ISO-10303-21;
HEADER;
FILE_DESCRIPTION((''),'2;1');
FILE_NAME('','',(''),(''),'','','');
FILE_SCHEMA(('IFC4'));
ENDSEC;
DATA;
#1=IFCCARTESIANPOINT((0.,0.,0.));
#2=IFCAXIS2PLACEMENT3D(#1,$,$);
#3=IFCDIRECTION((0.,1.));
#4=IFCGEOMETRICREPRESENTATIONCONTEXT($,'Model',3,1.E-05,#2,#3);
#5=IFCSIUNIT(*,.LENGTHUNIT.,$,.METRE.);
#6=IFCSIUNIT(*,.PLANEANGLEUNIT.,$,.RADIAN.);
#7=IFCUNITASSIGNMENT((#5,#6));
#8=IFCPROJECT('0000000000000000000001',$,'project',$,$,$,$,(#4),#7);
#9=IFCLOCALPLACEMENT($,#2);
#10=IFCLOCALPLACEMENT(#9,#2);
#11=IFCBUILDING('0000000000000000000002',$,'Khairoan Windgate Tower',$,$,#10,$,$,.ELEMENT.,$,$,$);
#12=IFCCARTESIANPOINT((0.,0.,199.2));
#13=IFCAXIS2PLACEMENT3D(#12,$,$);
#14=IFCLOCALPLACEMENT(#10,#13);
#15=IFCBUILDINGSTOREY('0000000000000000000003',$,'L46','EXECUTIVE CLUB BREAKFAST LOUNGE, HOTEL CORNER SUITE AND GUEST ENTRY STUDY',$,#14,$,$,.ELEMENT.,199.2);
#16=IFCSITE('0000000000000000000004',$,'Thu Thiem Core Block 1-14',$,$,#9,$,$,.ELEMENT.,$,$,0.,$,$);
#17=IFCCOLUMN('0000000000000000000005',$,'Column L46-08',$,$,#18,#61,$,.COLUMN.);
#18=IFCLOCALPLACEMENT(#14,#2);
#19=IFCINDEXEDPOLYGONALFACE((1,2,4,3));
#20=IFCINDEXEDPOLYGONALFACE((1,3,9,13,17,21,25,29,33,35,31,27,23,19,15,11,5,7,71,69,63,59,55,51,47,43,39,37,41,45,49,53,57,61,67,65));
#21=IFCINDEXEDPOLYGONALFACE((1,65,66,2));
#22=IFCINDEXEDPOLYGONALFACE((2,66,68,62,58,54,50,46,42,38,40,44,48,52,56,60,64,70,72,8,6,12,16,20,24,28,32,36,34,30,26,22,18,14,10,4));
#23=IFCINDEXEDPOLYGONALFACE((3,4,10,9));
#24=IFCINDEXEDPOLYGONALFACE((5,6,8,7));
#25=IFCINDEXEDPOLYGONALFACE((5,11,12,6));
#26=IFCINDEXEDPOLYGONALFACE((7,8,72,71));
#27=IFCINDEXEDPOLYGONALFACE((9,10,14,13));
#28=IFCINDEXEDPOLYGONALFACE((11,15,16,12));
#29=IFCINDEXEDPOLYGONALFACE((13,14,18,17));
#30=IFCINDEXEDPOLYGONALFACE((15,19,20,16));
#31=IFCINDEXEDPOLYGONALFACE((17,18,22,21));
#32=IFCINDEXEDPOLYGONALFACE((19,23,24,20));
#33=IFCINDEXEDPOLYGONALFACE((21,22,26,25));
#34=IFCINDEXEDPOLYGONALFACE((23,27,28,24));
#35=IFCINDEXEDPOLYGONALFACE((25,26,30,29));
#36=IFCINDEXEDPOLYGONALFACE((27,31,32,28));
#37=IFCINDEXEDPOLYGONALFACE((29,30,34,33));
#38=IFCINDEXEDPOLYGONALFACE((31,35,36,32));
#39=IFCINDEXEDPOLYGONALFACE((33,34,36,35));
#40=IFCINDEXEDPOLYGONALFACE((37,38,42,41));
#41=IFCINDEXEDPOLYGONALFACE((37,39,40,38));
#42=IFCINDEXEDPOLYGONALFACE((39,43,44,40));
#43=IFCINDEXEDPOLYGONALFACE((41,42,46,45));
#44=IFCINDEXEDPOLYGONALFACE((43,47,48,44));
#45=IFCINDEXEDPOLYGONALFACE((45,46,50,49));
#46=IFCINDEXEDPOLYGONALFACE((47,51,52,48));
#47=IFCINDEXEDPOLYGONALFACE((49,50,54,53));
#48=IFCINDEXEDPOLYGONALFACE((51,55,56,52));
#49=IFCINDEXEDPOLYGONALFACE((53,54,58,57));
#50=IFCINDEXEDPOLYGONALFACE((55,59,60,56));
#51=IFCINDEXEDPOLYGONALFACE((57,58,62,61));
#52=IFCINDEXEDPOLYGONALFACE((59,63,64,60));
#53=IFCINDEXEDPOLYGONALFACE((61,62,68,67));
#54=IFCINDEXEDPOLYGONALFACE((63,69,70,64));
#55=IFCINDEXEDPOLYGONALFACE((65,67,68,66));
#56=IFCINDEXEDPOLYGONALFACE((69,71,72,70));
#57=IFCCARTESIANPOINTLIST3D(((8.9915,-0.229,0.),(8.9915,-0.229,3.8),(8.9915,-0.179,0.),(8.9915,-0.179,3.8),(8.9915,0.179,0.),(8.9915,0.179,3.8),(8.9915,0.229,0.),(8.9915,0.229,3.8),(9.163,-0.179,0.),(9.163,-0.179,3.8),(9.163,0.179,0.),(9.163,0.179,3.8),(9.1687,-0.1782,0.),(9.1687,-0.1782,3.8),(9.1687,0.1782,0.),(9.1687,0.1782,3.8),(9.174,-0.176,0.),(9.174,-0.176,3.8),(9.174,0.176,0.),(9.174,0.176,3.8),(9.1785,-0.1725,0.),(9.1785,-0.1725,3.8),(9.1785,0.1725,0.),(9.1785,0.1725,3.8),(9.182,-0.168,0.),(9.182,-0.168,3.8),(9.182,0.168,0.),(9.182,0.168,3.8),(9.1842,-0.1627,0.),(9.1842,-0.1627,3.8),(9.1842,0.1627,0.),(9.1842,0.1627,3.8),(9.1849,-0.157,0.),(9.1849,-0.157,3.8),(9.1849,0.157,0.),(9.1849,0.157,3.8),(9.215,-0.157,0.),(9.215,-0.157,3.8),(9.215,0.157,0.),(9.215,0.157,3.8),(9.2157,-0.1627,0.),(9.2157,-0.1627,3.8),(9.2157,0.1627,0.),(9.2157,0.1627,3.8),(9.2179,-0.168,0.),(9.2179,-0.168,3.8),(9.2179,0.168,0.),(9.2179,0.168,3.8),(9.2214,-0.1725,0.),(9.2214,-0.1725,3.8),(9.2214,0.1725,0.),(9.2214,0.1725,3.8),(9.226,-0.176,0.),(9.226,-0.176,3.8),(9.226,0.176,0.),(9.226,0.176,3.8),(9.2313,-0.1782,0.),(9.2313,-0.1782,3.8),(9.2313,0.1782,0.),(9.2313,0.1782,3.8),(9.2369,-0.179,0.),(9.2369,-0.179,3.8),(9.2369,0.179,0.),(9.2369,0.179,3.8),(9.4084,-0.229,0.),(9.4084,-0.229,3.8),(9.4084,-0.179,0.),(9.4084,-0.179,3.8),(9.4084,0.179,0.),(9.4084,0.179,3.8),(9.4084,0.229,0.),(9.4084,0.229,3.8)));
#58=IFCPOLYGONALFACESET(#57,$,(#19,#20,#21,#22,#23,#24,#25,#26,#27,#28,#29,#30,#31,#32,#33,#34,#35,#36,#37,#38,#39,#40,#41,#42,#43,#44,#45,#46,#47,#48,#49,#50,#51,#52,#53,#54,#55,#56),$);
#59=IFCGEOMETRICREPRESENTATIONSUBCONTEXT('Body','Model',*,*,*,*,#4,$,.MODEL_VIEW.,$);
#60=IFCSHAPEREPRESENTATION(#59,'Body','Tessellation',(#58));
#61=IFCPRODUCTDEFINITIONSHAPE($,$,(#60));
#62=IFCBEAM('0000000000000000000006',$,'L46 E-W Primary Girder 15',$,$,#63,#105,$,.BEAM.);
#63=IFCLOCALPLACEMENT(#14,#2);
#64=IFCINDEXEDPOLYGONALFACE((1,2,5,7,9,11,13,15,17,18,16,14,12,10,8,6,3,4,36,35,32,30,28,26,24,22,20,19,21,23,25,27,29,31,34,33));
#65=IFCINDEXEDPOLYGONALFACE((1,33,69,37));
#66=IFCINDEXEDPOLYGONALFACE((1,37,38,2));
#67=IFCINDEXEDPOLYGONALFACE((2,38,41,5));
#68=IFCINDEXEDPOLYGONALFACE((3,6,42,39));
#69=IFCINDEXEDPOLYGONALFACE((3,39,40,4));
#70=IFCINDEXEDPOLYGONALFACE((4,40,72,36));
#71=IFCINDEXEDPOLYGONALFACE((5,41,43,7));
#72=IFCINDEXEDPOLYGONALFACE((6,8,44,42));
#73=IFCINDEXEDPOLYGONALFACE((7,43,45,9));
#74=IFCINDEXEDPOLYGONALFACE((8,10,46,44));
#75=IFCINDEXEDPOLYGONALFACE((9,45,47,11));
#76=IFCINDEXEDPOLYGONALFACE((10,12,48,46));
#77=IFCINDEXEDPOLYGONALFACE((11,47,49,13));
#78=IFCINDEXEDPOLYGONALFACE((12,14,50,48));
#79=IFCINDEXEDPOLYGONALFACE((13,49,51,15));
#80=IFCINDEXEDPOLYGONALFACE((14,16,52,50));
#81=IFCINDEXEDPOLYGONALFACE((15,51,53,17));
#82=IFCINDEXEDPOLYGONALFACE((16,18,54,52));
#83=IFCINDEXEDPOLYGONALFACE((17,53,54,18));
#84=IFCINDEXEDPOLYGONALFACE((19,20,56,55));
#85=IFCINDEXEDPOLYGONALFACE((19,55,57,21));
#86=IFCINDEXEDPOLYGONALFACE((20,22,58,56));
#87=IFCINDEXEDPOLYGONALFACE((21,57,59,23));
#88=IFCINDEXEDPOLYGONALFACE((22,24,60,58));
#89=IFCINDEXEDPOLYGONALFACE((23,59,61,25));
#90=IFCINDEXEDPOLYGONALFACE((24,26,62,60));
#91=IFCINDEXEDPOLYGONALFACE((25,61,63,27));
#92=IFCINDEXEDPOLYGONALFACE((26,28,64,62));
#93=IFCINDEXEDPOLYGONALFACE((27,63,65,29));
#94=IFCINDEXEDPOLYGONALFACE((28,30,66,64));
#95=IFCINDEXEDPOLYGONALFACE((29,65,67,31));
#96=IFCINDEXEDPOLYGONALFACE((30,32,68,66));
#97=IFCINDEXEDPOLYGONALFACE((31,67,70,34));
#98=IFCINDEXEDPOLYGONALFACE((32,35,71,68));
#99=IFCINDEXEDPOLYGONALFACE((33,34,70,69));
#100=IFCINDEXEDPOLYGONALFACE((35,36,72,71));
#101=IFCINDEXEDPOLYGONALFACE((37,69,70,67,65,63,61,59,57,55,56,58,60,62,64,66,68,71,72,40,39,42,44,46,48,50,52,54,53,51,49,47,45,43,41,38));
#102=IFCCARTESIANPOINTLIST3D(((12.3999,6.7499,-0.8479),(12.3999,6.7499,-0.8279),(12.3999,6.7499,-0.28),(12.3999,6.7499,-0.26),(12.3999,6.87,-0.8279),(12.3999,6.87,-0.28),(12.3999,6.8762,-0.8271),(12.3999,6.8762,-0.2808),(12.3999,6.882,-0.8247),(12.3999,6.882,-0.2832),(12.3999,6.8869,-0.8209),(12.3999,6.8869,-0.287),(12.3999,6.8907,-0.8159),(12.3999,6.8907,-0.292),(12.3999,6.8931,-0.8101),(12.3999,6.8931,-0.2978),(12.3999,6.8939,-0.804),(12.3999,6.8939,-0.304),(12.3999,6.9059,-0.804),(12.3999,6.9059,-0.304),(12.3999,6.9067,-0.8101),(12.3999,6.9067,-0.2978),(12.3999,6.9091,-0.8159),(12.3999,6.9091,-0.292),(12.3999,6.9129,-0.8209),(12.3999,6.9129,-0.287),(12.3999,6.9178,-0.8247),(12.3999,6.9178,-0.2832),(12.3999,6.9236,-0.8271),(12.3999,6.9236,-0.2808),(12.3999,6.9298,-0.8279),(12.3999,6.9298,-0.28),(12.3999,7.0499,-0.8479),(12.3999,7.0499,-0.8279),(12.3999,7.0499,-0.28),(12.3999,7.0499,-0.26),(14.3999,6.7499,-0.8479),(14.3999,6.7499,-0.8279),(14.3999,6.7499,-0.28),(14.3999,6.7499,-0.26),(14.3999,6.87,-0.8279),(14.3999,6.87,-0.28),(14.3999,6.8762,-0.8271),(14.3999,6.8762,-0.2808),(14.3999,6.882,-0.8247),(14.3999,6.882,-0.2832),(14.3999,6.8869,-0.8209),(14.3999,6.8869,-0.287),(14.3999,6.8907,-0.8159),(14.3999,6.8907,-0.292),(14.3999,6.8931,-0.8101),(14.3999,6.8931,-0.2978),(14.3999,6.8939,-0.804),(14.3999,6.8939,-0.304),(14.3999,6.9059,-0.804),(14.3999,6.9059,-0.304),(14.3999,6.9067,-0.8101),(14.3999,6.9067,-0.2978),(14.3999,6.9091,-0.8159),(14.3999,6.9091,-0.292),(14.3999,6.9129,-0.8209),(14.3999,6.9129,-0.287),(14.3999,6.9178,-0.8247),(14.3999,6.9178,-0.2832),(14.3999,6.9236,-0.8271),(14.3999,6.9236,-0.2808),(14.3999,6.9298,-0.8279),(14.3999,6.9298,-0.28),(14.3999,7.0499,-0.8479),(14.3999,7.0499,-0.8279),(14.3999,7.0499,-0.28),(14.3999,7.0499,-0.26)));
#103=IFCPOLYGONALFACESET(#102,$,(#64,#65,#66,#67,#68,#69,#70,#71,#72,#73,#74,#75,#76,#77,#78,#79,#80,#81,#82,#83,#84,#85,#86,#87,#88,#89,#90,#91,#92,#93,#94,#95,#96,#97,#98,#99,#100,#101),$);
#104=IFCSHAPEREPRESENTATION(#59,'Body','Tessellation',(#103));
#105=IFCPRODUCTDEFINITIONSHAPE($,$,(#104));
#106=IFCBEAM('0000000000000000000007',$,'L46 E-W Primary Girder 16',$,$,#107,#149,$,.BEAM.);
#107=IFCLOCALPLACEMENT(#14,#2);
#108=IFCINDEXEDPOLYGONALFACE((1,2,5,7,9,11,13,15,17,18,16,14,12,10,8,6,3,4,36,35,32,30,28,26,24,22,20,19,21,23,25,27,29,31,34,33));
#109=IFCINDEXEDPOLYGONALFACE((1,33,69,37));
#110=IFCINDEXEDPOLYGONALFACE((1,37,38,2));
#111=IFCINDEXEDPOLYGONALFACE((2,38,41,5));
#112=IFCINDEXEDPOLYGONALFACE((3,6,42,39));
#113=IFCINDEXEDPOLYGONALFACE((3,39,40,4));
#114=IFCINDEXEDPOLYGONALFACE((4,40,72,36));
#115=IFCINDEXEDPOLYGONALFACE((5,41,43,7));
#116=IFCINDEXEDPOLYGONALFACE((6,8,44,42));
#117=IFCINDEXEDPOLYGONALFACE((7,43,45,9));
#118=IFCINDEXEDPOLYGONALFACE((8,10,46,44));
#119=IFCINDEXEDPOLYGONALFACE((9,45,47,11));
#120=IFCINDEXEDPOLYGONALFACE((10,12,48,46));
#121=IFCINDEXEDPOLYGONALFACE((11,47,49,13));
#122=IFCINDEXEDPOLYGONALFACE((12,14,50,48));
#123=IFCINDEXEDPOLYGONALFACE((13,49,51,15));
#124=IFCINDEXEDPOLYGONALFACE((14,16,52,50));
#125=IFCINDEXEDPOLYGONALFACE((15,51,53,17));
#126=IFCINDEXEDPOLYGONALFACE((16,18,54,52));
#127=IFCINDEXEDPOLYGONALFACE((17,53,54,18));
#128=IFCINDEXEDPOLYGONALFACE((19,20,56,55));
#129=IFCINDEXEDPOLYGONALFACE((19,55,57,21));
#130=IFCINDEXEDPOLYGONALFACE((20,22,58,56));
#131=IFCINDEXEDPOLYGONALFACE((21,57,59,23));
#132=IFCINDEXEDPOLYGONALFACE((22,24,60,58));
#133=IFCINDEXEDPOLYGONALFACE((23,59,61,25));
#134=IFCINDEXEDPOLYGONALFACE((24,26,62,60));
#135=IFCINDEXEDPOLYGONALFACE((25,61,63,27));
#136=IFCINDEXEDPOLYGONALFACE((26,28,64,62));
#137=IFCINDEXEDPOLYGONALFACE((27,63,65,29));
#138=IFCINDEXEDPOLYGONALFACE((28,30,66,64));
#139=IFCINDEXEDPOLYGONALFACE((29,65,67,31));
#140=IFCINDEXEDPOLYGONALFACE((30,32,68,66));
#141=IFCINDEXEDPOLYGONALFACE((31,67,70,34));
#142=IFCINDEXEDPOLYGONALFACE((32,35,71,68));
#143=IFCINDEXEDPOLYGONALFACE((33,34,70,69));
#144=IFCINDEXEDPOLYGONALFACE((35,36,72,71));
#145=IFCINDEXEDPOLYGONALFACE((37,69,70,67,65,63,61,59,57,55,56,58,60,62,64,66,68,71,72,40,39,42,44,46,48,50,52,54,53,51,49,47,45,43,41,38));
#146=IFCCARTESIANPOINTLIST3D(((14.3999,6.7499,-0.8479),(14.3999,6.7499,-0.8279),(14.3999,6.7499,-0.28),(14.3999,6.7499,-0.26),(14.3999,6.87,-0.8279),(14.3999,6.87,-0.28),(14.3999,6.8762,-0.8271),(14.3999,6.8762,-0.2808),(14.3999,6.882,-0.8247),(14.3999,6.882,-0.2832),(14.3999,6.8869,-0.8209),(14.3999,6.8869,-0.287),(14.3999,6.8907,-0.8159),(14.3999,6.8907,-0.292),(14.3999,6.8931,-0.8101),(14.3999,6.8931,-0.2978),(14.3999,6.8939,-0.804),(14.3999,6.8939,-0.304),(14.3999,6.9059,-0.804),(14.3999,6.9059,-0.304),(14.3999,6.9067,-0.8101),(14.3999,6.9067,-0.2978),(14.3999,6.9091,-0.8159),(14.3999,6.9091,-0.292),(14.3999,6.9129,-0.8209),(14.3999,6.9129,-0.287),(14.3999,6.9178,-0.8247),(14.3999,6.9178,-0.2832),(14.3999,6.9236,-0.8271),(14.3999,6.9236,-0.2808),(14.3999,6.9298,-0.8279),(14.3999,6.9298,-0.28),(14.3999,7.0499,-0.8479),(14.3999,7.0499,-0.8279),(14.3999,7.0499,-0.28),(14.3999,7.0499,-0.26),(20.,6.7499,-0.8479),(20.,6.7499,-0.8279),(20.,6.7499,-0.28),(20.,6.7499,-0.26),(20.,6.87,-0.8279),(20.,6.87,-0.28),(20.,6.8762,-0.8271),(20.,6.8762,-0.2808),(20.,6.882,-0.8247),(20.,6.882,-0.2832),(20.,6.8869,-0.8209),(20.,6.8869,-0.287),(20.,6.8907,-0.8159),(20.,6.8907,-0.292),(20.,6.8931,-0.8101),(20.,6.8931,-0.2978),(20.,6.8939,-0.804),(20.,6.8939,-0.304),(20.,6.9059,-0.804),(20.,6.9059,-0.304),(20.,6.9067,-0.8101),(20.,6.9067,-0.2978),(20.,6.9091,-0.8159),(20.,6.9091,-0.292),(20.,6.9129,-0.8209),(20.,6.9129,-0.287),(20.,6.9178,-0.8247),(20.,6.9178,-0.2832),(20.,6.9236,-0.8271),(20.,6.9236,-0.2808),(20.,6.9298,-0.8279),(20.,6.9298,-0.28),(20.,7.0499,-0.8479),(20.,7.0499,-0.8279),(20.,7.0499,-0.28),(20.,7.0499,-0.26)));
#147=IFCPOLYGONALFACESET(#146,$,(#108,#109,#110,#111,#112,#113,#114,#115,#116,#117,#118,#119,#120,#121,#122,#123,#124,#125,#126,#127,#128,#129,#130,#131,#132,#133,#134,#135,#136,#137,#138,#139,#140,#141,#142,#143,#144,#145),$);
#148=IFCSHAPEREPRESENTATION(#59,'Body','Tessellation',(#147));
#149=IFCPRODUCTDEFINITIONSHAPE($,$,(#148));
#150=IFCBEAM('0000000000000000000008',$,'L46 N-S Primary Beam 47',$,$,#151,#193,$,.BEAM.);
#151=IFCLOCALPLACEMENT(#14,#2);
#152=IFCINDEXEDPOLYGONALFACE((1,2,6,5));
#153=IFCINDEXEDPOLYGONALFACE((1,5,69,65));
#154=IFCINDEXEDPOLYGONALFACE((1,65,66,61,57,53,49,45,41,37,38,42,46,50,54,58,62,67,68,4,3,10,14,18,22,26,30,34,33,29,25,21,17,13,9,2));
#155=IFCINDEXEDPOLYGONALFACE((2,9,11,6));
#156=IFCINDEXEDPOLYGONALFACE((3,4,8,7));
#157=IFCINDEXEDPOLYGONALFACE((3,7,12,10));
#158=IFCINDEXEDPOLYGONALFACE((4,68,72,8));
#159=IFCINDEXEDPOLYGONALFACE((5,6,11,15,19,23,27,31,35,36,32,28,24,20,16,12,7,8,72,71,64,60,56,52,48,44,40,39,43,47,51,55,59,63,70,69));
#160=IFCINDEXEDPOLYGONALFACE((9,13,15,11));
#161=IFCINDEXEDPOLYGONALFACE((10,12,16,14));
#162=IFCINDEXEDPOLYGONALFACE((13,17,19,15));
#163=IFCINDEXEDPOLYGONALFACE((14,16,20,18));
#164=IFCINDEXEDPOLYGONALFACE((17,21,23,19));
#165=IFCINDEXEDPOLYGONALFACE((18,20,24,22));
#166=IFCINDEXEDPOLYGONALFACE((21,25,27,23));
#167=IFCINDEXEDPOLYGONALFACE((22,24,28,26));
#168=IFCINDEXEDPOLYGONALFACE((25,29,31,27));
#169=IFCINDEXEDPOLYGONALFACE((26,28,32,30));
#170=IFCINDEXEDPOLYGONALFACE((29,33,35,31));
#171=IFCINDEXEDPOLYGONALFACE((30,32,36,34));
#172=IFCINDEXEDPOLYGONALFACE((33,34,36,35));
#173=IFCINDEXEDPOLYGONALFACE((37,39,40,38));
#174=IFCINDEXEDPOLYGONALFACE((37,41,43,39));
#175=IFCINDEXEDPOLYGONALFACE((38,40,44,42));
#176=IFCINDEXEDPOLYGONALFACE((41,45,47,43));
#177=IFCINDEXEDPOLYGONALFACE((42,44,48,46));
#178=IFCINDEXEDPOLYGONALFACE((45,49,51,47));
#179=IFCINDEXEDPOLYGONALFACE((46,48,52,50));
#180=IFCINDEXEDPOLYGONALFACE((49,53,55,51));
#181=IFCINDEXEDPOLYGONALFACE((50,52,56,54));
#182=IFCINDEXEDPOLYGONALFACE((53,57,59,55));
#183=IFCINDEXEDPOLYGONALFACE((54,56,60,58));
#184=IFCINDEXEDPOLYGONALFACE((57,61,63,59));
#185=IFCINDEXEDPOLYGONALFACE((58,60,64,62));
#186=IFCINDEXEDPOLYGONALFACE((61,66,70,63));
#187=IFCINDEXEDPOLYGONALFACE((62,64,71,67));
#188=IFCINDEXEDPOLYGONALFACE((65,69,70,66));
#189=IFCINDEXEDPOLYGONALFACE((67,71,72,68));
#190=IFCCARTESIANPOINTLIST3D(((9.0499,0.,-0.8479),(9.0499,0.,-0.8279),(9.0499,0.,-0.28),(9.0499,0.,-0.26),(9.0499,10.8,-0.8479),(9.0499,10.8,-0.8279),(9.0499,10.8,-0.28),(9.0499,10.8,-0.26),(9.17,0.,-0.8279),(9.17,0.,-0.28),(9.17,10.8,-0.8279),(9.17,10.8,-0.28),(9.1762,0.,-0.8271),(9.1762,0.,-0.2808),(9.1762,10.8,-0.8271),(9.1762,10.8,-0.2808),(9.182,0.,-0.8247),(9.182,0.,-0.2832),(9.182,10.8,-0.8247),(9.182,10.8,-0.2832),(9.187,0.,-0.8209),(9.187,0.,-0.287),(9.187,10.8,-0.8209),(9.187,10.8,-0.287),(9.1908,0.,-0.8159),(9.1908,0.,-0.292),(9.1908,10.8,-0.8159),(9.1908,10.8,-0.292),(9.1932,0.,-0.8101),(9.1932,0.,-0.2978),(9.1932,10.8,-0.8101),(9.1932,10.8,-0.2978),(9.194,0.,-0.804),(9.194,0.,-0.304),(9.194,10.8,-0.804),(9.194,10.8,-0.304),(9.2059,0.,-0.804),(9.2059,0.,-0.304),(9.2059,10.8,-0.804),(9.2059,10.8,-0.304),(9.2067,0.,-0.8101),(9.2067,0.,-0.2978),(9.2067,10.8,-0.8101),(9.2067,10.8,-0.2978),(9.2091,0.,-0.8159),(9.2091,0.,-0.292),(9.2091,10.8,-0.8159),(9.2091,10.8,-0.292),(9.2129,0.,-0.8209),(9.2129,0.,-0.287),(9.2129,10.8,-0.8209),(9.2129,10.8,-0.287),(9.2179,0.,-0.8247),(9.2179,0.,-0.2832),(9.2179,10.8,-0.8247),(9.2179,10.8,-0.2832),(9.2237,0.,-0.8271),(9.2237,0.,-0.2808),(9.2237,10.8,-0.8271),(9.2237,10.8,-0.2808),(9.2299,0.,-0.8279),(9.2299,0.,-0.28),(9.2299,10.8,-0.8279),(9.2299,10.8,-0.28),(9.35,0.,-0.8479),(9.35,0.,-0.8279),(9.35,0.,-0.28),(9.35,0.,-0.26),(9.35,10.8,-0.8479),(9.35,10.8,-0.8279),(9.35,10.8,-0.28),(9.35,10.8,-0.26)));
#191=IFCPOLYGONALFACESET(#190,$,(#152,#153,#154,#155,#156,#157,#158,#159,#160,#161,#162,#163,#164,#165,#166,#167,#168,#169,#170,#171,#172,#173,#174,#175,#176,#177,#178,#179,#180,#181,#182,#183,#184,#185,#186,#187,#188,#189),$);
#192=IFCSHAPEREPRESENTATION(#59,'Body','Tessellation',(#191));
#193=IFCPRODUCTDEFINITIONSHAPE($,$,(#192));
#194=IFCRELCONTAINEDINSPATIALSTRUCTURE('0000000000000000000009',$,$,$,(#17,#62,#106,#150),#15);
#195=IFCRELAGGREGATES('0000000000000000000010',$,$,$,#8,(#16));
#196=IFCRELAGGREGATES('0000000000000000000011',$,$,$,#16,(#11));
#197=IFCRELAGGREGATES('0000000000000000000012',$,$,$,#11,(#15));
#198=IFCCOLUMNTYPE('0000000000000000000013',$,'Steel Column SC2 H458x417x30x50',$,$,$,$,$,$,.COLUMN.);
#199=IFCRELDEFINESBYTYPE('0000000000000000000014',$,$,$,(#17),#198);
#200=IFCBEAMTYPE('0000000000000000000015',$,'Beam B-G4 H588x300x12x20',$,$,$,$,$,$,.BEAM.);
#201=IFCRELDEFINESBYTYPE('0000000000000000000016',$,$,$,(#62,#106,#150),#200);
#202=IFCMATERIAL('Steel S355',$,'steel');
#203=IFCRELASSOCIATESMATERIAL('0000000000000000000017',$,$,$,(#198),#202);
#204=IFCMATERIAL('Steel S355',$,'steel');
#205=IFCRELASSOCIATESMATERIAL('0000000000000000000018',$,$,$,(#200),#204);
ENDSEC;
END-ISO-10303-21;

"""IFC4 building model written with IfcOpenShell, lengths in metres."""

from ifc_helpers import new_model, si_unit, direction, frame, origin, origin_2d, place, context, subcontext, project, spatial, i_section, extrude, material, material_profile, profile_set, type_object, element, save


model = new_model("IFC4")

# Units and contexts
model_context = context("Model", 3, precision=1e-05, world=origin(), true_north=direction((0.0, 1.0)))
body_context = subcontext(model_context, "Body", "Model", "MODEL_VIEW")
ifc_project = project(units=[si_unit("LENGTHUNIT", "METRE"), si_unit("PLANEANGLEUNIT", "RADIAN")], contexts=[model_context])

# Site, building, storey
site_placement = place(None, origin())
site = spatial("IfcSite", under=ifc_project, at=site_placement, Name="Thu Thiem Core Block 1-14", CompositionType="ELEMENT", RefElevation=0.0)
building_placement = place(site_placement, origin())
building = spatial("IfcBuilding", under=site, at=building_placement, Name="Khairoan Windgate Tower", CompositionType="ELEMENT")
storey_placement = place(building_placement, frame((0.0, 0.0, 199.2)))
storey = spatial("IfcBuildingStorey", under=building, at=storey_placement, Name="L46", Description="EXECUTIVE CLUB BREAKFAST LOUNGE, HOTEL CORNER SUITE AND GUEST ENTRY STUDY", CompositionType="ELEMENT", Elevation=199.2)

# Column
ifc_material_1 = material(Name="Steel S355", Category="steel")
ifc_material_profile_1 = material_profile(ifc_material_1, i_section(OverallWidth=0.417, OverallDepth=0.458, WebThickness=0.03, FlangeThickness=0.05, FilletRadius=0.022, at=origin_2d()))
ifc_profile_set_1 = profile_set([ifc_material_profile_1], Name="Steel S355")
column_type = type_object("IfcColumnType", Name="Steel Column SC2 H458x417x30x50", PredefinedType="COLUMN", material=ifc_profile_set_1)
column_placement = place(storey_placement, frame((9.2, 0.0, 0.0), z_axis=(0.0, 0.0, 1.0), x_axis=(1.0, 0.0, 0.0)))
element("IfcColumn", 1, at=column_placement, inside=storey, type_object=column_type, Name="Column L46-08", PredefinedType="COLUMN", context=body_context, shape_type="SweptSolid", body=[
    extrude(i_section(OverallWidth=0.417, OverallDepth=0.458, WebThickness=0.03, FlangeThickness=0.05, FilletRadius=0.022, at=origin_2d()), origin(), (0.0, 0.0, 1.0), 3.8),
])

# Beams
ifc_material_2 = material(Name="Steel S355", Category="steel")
ifc_material_profile_2 = material_profile(ifc_material_2, i_section(OverallWidth=0.3, OverallDepth=0.5879, WebThickness=0.012, FlangeThickness=0.02, FilletRadius=0.0239, at=origin_2d()))
ifc_profile_set_2 = profile_set([ifc_material_profile_2], Name="Steel S355")
beam_type_1 = type_object("IfcBeamType", Name="Beam B-G4 H588x300x12x20", PredefinedType="BEAM", material=ifc_profile_set_2)
beam_1_placement = place(storey_placement, frame((12.3999, 6.8999, -0.554), z_axis=(1.0, 0.0, 0.0), x_axis=(0.0, 1.0, 0.0)))
element("IfcBeam", 2, at=beam_1_placement, inside=storey, type_object=beam_type_1, Name="L46 E-W Primary Girder 15", PredefinedType="BEAM", context=body_context, shape_type="SweptSolid", body=[
    extrude(i_section(OverallWidth=0.3, OverallDepth=0.5879, WebThickness=0.012, FlangeThickness=0.02, FilletRadius=0.0239, at=origin_2d()), origin(), (0.0, 0.0, 1.0), 2.0),
])
beam_2_placement = place(storey_placement, frame((14.3999, 6.8999, -0.554), z_axis=(1.0, 0.0, 0.0), x_axis=(0.0, 1.0, 0.0)))
element("IfcBeam", 3, at=beam_2_placement, inside=storey, type_object=beam_type_1, Name="L46 E-W Primary Girder 16", PredefinedType="BEAM", context=body_context, shape_type="SweptSolid", body=[
    extrude(i_section(OverallWidth=0.3, OverallDepth=0.5879, WebThickness=0.012, FlangeThickness=0.02, FilletRadius=0.0239, at=origin_2d()), origin(), (0.0, 0.0, 1.0), 5.6001),
])
beam_3_placement = place(storey_placement, frame((9.2, 0.0, -0.554), z_axis=(0.0, 1.0, 0.0), x_axis=(-1.0, 0.0, 0.0)))
element("IfcBeam", 4, at=beam_3_placement, inside=storey, type_object=beam_type_1, Name="L46 N-S Primary Beam 47", PredefinedType="BEAM", context=body_context, shape_type="SweptSolid", body=[
    extrude(i_section(OverallWidth=0.3, OverallDepth=0.5879, WebThickness=0.012, FlangeThickness=0.02, FilletRadius=0.0239, at=origin_2d()), origin(), (0.0, 0.0, 1.0), 10.8),
])

save(model, "model.ifc")
